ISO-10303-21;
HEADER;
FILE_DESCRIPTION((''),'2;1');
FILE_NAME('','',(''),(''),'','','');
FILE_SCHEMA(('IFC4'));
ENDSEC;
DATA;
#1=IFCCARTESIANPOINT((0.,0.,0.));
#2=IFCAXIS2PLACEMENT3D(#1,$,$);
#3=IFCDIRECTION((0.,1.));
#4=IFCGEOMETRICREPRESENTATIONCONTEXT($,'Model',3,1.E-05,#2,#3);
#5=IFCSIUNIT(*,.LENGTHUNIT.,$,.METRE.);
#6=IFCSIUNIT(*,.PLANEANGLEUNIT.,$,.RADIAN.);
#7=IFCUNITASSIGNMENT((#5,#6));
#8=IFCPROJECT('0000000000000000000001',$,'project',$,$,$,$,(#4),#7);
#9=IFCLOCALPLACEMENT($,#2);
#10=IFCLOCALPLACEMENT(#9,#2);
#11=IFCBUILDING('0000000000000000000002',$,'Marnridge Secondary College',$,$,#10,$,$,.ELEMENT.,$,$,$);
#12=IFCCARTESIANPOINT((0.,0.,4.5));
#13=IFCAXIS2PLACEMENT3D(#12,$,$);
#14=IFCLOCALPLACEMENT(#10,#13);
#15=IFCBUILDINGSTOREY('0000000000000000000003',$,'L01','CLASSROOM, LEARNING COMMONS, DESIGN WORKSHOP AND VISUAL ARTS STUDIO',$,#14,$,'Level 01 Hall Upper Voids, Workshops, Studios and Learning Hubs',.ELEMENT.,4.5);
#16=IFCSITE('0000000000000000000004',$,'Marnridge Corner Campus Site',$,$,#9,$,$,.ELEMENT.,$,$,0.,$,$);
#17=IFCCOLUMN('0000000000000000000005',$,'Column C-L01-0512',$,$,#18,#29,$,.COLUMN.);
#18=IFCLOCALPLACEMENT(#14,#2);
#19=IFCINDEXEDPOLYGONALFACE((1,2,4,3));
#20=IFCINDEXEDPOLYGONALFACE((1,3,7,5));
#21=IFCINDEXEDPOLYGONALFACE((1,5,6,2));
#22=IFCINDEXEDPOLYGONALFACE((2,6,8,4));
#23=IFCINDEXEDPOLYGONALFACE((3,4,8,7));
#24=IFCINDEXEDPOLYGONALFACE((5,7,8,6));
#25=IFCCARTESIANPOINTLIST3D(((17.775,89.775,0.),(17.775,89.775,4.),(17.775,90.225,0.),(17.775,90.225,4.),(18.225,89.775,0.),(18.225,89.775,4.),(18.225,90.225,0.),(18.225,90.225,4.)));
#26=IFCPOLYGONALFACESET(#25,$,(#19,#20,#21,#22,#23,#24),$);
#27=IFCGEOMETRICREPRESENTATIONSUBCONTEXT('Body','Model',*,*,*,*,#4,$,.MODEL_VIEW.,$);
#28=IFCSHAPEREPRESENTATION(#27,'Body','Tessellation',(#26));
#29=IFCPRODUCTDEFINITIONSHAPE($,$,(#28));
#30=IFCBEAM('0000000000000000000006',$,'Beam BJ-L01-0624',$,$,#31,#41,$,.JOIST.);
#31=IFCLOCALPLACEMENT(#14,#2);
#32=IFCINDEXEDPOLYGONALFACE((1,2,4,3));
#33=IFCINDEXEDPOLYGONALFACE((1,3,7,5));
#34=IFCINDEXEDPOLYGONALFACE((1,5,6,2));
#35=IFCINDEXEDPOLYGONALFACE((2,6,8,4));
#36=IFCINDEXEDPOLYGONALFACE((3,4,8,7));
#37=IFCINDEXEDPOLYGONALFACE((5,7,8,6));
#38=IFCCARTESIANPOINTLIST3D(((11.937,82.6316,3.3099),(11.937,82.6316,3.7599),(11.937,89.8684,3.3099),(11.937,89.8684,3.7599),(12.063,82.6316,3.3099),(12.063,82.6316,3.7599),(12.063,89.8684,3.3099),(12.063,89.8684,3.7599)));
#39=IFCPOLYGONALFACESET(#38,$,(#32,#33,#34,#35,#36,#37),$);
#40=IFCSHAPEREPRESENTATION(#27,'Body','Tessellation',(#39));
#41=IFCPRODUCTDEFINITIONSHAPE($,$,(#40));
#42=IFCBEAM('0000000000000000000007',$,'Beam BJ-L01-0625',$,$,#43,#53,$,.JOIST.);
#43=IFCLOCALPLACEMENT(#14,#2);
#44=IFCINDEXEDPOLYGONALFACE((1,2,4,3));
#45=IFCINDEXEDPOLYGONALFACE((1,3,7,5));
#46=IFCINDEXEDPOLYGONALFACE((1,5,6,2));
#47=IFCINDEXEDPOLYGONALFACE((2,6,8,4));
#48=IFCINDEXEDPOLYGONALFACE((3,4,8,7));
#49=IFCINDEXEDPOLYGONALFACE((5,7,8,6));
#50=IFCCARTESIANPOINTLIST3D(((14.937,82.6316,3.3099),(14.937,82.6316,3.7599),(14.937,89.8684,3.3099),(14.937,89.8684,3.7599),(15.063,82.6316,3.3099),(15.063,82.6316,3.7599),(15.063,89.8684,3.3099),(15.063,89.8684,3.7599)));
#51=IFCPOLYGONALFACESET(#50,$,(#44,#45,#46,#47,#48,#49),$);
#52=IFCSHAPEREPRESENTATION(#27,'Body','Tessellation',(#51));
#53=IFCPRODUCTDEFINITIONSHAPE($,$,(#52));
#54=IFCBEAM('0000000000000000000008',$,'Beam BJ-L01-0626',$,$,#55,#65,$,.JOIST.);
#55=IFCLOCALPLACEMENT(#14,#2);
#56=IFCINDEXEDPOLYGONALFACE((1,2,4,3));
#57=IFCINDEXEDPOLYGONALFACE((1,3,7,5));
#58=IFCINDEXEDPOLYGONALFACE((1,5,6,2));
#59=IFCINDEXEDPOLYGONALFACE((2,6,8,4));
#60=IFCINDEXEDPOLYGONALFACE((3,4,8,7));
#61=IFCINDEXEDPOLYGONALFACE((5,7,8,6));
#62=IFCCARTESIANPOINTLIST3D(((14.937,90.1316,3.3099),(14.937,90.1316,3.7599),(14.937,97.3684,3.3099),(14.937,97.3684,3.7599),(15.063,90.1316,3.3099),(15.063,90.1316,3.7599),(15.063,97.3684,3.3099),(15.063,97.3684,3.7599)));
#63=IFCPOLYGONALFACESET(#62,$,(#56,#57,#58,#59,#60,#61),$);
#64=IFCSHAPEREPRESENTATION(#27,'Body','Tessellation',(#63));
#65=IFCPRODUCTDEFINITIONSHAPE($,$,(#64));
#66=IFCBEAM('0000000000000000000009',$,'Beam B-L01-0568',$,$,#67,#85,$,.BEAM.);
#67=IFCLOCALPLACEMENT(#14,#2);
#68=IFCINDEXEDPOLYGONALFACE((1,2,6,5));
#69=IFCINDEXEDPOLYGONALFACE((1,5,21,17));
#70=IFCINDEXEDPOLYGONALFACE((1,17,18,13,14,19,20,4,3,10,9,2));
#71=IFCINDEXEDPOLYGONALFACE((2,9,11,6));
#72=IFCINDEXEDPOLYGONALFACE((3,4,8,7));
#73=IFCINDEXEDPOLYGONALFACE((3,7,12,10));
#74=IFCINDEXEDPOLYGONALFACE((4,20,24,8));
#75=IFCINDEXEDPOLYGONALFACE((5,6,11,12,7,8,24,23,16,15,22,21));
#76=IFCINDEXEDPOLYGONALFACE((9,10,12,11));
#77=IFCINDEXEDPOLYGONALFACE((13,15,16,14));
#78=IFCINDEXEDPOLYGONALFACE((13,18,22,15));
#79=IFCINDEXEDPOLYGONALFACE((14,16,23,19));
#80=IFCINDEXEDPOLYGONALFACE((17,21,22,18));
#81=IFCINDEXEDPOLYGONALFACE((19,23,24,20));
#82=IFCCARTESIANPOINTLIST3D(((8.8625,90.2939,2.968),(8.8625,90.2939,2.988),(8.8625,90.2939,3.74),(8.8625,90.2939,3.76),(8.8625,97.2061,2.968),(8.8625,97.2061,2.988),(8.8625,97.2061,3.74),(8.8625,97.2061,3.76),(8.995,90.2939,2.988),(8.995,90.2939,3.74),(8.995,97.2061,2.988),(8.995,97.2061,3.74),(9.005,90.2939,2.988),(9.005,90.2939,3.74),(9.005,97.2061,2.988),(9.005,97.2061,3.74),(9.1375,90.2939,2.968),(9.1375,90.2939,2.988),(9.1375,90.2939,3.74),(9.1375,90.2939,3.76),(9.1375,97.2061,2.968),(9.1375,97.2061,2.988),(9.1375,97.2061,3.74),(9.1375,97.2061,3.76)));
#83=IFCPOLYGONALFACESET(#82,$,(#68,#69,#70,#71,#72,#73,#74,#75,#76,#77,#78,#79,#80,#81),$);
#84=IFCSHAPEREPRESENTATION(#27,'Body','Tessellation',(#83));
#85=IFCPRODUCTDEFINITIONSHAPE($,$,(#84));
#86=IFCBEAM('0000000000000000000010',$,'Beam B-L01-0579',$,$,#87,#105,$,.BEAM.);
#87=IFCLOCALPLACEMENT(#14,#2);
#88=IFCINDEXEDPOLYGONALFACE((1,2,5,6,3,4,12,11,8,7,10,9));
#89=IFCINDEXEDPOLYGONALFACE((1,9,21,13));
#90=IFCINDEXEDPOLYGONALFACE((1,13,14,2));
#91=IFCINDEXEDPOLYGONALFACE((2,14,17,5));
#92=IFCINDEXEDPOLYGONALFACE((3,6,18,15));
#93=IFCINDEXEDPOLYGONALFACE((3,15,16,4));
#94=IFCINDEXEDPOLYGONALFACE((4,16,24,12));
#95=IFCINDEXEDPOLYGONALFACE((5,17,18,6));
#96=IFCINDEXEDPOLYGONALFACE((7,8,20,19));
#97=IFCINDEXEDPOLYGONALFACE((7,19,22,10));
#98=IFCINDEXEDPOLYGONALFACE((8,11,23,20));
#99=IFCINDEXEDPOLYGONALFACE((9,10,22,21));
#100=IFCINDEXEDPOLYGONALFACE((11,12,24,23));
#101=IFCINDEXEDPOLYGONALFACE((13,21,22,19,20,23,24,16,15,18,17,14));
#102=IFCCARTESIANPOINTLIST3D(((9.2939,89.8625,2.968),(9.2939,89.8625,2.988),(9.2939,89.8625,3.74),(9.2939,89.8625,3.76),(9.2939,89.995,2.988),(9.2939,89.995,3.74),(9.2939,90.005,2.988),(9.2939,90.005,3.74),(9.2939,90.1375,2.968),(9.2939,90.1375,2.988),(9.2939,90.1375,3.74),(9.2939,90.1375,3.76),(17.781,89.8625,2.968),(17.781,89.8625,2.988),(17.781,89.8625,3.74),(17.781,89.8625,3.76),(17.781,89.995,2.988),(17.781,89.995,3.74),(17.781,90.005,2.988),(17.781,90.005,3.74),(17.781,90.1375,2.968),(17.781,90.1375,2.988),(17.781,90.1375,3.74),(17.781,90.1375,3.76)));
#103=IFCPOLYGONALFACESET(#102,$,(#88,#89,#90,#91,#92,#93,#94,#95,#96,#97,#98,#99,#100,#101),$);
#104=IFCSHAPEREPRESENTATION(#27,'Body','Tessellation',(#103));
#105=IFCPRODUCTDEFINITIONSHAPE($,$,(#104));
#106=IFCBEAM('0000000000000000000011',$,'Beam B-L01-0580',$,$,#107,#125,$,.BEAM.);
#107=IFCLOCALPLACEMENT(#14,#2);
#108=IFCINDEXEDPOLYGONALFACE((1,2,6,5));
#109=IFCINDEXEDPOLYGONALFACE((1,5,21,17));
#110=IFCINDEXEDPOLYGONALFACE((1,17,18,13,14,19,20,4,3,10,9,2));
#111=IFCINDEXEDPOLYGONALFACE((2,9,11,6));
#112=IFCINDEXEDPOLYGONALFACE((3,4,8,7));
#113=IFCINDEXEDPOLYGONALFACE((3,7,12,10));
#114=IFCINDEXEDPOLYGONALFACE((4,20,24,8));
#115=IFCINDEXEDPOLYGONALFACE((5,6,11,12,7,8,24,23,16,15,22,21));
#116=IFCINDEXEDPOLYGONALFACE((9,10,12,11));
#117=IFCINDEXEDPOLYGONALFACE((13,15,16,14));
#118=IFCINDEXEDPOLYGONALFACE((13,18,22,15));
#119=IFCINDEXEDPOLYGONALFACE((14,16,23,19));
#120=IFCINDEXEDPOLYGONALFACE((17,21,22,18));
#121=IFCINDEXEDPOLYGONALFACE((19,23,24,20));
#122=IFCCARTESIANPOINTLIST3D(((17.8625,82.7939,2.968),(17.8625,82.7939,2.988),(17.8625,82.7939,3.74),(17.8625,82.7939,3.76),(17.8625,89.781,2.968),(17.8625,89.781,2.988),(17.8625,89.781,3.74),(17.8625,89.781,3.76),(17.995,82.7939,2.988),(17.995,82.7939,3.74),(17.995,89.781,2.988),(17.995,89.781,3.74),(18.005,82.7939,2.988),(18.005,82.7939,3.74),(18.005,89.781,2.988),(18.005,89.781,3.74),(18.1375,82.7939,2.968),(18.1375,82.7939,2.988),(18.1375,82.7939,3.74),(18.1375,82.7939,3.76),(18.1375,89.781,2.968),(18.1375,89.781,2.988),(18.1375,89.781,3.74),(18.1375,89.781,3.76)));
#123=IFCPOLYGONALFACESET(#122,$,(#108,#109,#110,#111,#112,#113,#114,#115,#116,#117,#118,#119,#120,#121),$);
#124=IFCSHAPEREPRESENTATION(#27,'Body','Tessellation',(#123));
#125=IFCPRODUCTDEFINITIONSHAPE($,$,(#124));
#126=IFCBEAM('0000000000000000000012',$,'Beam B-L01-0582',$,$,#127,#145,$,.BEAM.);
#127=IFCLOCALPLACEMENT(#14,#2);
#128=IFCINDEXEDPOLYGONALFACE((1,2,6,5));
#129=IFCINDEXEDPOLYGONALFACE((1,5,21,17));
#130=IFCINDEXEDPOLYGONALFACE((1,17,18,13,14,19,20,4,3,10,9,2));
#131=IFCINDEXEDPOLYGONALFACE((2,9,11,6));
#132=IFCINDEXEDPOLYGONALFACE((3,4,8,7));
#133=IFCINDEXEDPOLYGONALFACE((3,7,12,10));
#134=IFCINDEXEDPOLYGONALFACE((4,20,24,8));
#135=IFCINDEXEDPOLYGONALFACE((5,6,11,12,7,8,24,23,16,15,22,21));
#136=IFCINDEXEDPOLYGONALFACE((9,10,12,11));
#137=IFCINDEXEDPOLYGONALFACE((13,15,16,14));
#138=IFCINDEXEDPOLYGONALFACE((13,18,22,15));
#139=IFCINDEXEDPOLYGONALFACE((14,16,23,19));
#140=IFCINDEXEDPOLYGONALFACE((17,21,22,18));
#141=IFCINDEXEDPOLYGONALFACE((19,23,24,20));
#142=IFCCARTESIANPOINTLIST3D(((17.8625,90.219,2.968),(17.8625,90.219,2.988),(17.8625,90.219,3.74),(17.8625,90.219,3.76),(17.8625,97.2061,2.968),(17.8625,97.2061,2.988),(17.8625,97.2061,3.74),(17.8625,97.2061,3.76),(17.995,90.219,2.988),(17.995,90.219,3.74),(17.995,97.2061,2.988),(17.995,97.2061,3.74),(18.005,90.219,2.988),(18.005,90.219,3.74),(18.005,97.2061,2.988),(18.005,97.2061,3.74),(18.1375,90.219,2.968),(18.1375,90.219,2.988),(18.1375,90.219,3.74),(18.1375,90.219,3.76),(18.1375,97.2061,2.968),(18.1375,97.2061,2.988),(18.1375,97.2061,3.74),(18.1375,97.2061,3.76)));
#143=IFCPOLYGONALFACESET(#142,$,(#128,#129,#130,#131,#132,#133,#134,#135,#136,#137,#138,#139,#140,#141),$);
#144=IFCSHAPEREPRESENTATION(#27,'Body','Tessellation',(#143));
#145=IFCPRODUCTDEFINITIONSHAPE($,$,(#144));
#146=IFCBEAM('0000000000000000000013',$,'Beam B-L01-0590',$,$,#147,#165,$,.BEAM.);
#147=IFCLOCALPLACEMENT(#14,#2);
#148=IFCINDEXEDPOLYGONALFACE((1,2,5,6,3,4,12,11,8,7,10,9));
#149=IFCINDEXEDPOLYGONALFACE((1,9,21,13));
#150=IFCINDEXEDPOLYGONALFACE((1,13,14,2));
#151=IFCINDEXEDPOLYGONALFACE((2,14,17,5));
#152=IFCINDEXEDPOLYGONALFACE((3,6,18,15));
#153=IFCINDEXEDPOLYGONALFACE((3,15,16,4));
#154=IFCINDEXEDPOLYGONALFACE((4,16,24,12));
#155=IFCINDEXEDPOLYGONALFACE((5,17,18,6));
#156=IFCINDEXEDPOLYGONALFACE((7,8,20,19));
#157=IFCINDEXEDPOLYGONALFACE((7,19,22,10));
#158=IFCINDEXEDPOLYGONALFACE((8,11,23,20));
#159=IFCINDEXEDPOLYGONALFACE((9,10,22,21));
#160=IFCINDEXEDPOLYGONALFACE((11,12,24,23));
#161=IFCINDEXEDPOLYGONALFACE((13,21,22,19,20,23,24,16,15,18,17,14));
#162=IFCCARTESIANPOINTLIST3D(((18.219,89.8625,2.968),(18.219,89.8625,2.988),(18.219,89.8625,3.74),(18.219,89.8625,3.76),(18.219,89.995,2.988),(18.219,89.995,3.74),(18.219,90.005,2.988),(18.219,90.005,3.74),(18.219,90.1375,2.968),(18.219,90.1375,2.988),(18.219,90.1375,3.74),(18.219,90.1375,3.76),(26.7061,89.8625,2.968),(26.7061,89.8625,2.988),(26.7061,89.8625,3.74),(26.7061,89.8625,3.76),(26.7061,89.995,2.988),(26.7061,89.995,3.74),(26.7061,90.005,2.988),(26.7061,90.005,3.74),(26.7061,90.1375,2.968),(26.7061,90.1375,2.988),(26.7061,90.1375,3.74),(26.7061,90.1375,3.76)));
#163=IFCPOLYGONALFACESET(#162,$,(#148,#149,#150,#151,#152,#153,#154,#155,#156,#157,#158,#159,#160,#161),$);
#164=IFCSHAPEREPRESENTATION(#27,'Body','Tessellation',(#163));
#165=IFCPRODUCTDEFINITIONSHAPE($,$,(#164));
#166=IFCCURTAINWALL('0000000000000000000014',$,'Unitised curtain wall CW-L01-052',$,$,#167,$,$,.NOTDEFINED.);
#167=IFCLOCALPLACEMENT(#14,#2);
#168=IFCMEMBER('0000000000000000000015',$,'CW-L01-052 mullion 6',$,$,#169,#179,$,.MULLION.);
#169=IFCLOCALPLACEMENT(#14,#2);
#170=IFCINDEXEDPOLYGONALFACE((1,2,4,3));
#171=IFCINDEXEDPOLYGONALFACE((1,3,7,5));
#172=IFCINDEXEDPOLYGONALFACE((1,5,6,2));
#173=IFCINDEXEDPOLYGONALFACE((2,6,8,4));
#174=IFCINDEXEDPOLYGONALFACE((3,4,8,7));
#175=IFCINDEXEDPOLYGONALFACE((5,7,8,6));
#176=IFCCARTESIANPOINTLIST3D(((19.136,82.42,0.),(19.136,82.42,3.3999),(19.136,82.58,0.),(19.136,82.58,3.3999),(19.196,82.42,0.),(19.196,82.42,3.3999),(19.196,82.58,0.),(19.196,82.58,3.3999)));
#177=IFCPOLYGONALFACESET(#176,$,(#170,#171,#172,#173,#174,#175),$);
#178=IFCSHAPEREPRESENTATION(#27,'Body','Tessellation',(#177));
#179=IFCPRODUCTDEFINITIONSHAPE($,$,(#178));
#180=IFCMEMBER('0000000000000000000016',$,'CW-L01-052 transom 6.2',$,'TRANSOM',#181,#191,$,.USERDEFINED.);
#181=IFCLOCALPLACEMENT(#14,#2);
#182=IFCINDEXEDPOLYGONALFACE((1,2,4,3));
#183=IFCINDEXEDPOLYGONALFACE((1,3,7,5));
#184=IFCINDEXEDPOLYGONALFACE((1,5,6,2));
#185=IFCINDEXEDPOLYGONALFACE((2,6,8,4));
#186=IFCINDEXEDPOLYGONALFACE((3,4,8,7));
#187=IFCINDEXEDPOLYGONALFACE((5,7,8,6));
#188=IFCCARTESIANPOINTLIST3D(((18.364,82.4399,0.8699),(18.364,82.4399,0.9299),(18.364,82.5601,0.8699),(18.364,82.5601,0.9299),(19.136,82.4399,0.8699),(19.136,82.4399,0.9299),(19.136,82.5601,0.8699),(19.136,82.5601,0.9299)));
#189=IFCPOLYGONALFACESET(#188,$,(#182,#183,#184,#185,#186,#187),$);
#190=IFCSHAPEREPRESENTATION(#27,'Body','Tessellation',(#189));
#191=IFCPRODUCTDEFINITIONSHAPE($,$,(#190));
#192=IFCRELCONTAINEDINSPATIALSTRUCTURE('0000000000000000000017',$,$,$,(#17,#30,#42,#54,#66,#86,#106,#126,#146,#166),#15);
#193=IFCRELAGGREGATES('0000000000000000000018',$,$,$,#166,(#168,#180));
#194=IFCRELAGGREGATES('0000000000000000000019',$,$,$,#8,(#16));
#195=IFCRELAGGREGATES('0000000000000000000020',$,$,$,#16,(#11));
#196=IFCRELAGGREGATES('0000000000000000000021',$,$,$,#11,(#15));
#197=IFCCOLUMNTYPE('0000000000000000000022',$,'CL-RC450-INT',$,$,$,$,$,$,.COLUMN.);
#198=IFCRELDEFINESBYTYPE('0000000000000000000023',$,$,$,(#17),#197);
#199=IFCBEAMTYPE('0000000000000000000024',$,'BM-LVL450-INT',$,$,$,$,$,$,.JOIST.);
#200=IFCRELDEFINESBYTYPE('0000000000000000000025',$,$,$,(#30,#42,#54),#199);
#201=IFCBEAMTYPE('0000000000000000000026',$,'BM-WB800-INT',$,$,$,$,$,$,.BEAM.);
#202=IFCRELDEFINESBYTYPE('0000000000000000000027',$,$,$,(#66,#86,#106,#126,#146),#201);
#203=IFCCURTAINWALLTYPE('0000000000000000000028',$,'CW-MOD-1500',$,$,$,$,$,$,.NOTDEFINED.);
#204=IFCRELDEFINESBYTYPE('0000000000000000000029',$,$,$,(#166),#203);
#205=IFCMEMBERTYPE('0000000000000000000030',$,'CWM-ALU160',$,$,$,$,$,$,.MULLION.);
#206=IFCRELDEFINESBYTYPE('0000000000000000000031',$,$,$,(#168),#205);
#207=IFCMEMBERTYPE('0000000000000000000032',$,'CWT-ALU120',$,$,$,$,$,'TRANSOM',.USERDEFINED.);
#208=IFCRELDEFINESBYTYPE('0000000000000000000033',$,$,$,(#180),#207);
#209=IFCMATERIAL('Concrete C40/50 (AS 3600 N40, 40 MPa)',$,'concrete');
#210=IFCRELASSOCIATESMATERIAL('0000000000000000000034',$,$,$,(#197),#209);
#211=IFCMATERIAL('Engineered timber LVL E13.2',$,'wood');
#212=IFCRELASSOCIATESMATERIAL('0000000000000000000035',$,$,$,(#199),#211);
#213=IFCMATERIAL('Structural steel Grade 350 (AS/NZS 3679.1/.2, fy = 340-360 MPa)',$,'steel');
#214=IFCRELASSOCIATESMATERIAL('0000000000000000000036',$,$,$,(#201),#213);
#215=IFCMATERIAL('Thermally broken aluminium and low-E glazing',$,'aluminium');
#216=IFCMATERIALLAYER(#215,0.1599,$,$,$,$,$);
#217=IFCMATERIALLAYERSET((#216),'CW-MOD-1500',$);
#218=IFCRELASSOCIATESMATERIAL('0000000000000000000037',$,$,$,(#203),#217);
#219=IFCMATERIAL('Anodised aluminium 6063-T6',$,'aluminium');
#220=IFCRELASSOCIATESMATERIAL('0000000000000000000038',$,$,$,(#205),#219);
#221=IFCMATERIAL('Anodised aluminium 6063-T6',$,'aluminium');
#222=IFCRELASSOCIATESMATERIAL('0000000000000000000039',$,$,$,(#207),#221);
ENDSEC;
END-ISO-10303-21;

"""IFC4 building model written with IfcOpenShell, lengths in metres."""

from ifc_helpers import new_model, si_unit, direction, frame, origin, origin_2d, place, context, subcontext, project, spatial, rectangle, i_section, extrude, material, layer, layer_set, material_profile, profile_set, type_object, element, aggregate, save


model = new_model("IFC4")

# Units and contexts
model_context = context("Model", 3, precision=1e-05, world=origin(), true_north=direction((0.0, 1.0)))
body_context = subcontext(model_context, "Body", "Model", "MODEL_VIEW")
ifc_project = project(units=[si_unit("LENGTHUNIT", "METRE"), si_unit("PLANEANGLEUNIT", "RADIAN")], contexts=[model_context])

# Site, building, storey
site_placement = place(None, origin())
site = spatial("IfcSite", under=ifc_project, at=site_placement, Name="Marnridge Corner Campus Site", CompositionType="ELEMENT", RefElevation=0.0)
building_placement = place(site_placement, origin())
building = spatial("IfcBuilding", under=site, at=building_placement, Name="Marnridge Secondary College", CompositionType="ELEMENT")
storey_placement = place(building_placement, frame((0.0, 0.0, 4.5)))
storey = spatial("IfcBuildingStorey", under=building, at=storey_placement, Name="L01", Description="CLASSROOM, LEARNING COMMONS, DESIGN WORKSHOP AND VISUAL ARTS STUDIO", LongName="Level 01 Hall Upper Voids, Workshops, Studios and Learning Hubs", CompositionType="ELEMENT", Elevation=4.5)

# Column
ifc_material_1 = material(Name="Concrete C40/50 (AS 3600 N40, 40 MPa)", Category="concrete")
ifc_material_profile_1 = material_profile(ifc_material_1, rectangle(XDim=0.45, YDim=0.45, at=origin_2d()), Name="RC 450x450")
ifc_profile_set_1 = profile_set([ifc_material_profile_1], Name="Concrete C40/50 (AS 3600 N40, 40 MPa)")
column_type = type_object("IfcColumnType", Name="CL-RC450-INT", PredefinedType="COLUMN", material=ifc_profile_set_1)
column_placement = place(storey_placement, frame((18.0, 90.0, 0.0), z_axis=(0.0, 0.0, 1.0), x_axis=(1.0, 0.0, 0.0)))
element("IfcColumn", 1, at=column_placement, inside=storey, type_object=column_type, Name="Column C-L01-0512", PredefinedType="COLUMN", context=body_context, shape_type="SweptSolid", body=[
    extrude(rectangle(XDim=0.45, YDim=0.45, at=origin_2d()), origin(), (0.0, 0.0, 1.0), 4.0),
])

# Beams
ifc_material_2 = material(Name="Engineered timber LVL E13.2", Category="wood")
ifc_material_profile_2 = material_profile(ifc_material_2, rectangle(XDim=0.126, YDim=0.45, at=origin_2d()), Name="LVL 126x450")
ifc_profile_set_2 = profile_set([ifc_material_profile_2], Name="Engineered timber LVL E13.2")
beam_type_1 = type_object("IfcBeamType", Name="BM-LVL450-INT", PredefinedType="JOIST", material=ifc_profile_set_2)
for number, where, z_axis, x_axis, name in (
    (2, (12.0, 82.6316, 3.5349), (0.0, 1.0, 0.0), (-1.0, 0.0, 0.0), "Beam BJ-L01-0624"),
    (3, (15.0, 82.6316, 3.5349), (0.0, 1.0, 0.0), (-1.0, 0.0, 0.0), "Beam BJ-L01-0625"),
    (4, (15.0, 90.1316, 3.5349), (0.0, 1.0, 0.0), (-1.0, 0.0, 0.0), "Beam BJ-L01-0626"),
):
    element("IfcBeam", number, at=place(storey_placement, frame(where, z_axis=z_axis, x_axis=x_axis)), inside=storey, type_object=beam_type_1, Name=name, PredefinedType="JOIST", context=body_context, shape_type="SweptSolid", body=[
        extrude(rectangle(XDim=0.126, YDim=0.45, at=origin_2d()), origin(), (0.0, 0.0, 1.0), 7.2368),
    ])
ifc_material_3 = material(Name="Structural steel Grade 350 (AS/NZS 3679.1/.2, fy = 340-360 MPa)", Category="steel")
ifc_material_profile_3 = material_profile(ifc_material_3, i_section(OverallWidth=0.2749, OverallDepth=0.792, WebThickness=0.01, FlangeThickness=0.02, at=origin_2d()), Name="800WB146")
ifc_profile_set_3 = profile_set([ifc_material_profile_3], Name="Structural steel Grade 350 (AS/NZS 3679.1/.2, fy = 340-360 MPa)")
beam_type_2 = type_object("IfcBeamType", Name="BM-WB800-INT", PredefinedType="BEAM", material=ifc_profile_set_3)
beam_1_placement = place(storey_placement, frame((9.0, 90.2939, 3.364), z_axis=(0.0, 1.0, 0.0), x_axis=(-1.0, 0.0, 0.0)))
element("IfcBeam", 5, at=beam_1_placement, inside=storey, type_object=beam_type_2, Name="Beam B-L01-0568", PredefinedType="BEAM", context=body_context, shape_type="SweptSolid", body=[
    extrude(i_section(OverallWidth=0.2749, OverallDepth=0.792, WebThickness=0.01, FlangeThickness=0.02, at=origin_2d()), origin(), (0.0, 0.0, 1.0), 6.9121),
])
beam_2_placement = place(storey_placement, frame((9.2939, 90.0, 3.364), z_axis=(1.0, 0.0, 0.0), x_axis=(0.0, 1.0, 0.0)))
element("IfcBeam", 6, at=beam_2_placement, inside=storey, type_object=beam_type_2, Name="Beam B-L01-0579", PredefinedType="BEAM", context=body_context, shape_type="SweptSolid", body=[
    extrude(i_section(OverallWidth=0.2749, OverallDepth=0.792, WebThickness=0.01, FlangeThickness=0.02, at=origin_2d()), origin(), (0.0, 0.0, 1.0), 8.4871),
])
for number, where, z_axis, x_axis, name in (
    (7, (18.0, 82.7939, 3.364), (0.0, 1.0, 0.0), (-1.0, 0.0, 0.0), "Beam B-L01-0580"),
    (8, (18.0, 90.219, 3.364), (0.0, 1.0, 0.0), (-1.0, 0.0, 0.0), "Beam B-L01-0582"),
):
    element("IfcBeam", number, at=place(storey_placement, frame(where, z_axis=z_axis, x_axis=x_axis)), inside=storey, type_object=beam_type_2, Name=name, PredefinedType="BEAM", context=body_context, shape_type="SweptSolid", body=[
        extrude(i_section(OverallWidth=0.2749, OverallDepth=0.792, WebThickness=0.01, FlangeThickness=0.02, at=origin_2d()), origin(), (0.0, 0.0, 1.0), 6.9871),
    ])
beam_3_placement = place(storey_placement, frame((18.219, 90.0, 3.364), z_axis=(1.0, 0.0, 0.0), x_axis=(0.0, 1.0, 0.0)))
element("IfcBeam", 9, at=beam_3_placement, inside=storey, type_object=beam_type_2, Name="Beam B-L01-0590", PredefinedType="BEAM", context=body_context, shape_type="SweptSolid", body=[
    extrude(i_section(OverallWidth=0.2749, OverallDepth=0.792, WebThickness=0.01, FlangeThickness=0.02, at=origin_2d()), origin(), (0.0, 0.0, 1.0), 8.4871),
])

# Curtain wall, members
ifc_material_4 = material(Name="Thermally broken aluminium and low-E glazing", Category="aluminium")
ifc_layer_1 = layer(ifc_material_4, 0.1599)
ifc_layer_set_1 = layer_set([ifc_layer_1], Name="CW-MOD-1500")
curtain_wall_type = type_object("IfcCurtainWallType", Name="CW-MOD-1500", PredefinedType="NOTDEFINED", material=ifc_layer_set_1)
curtain_wall_placement = place(storey_placement, origin())
curtain_wall = element("IfcCurtainWall", 10, at=curtain_wall_placement, inside=storey, type_object=curtain_wall_type, Name="Unitised curtain wall CW-L01-052", PredefinedType="NOTDEFINED")
ifc_material_5 = material(Name="Anodised aluminium 6063-T6", Category="aluminium")
ifc_material_profile_4 = material_profile(ifc_material_5, rectangle(XDim=0.0601, YDim=0.1599, at=origin_2d()), Name="ALU 60x160")
ifc_profile_set_4 = profile_set([ifc_material_profile_4], Name="Anodised aluminium 6063-T6")
member_type_1 = type_object("IfcMemberType", Name="CWM-ALU160", PredefinedType="MULLION", material=ifc_profile_set_4)
member_1_placement = place(storey_placement, frame((19.166, 82.5, 0.0), z_axis=(0.0, 0.0, 1.0), x_axis=(-1.0, 0.0, 0.0)))
member_1 = element("IfcMember", 11, at=member_1_placement, type_object=member_type_1, Name="CW-L01-052 mullion 6", PredefinedType="MULLION", context=body_context, shape_type="SweptSolid", body=[
    extrude(rectangle(XDim=0.0601, YDim=0.1599, at=origin_2d()), origin(), (0.0, 0.0, 1.0), 3.3999),
])
ifc_material_6 = material(Name="Anodised aluminium 6063-T6", Category="aluminium")
ifc_material_profile_5 = material_profile(ifc_material_6, rectangle(XDim=0.0601, YDim=0.1201, at=origin_2d()), Name="ALU 60x120")
ifc_profile_set_5 = profile_set([ifc_material_profile_5], Name="Anodised aluminium 6063-T6")
member_type_2 = type_object("IfcMemberType", Name="CWT-ALU120", ElementType="TRANSOM", PredefinedType="USERDEFINED", material=ifc_profile_set_5)
member_2_placement = place(storey_placement, frame((19.136, 82.5, 0.8999), z_axis=(-1.0, 0.0, 0.0), x_axis=(0.0, 0.0, 1.0)))
member_2 = element("IfcMember", 12, at=member_2_placement, type_object=member_type_2, Name="CW-L01-052 transom 6.2", ObjectType="TRANSOM", PredefinedType="USERDEFINED", context=body_context, shape_type="SweptSolid", body=[
    extrude(rectangle(XDim=0.0601, YDim=0.1201, at=origin_2d()), origin(), (0.0, 0.0, 1.0), 0.772),
])
aggregate(curtain_wall, [member_1, member_2])

save(model, "model.ifc")
